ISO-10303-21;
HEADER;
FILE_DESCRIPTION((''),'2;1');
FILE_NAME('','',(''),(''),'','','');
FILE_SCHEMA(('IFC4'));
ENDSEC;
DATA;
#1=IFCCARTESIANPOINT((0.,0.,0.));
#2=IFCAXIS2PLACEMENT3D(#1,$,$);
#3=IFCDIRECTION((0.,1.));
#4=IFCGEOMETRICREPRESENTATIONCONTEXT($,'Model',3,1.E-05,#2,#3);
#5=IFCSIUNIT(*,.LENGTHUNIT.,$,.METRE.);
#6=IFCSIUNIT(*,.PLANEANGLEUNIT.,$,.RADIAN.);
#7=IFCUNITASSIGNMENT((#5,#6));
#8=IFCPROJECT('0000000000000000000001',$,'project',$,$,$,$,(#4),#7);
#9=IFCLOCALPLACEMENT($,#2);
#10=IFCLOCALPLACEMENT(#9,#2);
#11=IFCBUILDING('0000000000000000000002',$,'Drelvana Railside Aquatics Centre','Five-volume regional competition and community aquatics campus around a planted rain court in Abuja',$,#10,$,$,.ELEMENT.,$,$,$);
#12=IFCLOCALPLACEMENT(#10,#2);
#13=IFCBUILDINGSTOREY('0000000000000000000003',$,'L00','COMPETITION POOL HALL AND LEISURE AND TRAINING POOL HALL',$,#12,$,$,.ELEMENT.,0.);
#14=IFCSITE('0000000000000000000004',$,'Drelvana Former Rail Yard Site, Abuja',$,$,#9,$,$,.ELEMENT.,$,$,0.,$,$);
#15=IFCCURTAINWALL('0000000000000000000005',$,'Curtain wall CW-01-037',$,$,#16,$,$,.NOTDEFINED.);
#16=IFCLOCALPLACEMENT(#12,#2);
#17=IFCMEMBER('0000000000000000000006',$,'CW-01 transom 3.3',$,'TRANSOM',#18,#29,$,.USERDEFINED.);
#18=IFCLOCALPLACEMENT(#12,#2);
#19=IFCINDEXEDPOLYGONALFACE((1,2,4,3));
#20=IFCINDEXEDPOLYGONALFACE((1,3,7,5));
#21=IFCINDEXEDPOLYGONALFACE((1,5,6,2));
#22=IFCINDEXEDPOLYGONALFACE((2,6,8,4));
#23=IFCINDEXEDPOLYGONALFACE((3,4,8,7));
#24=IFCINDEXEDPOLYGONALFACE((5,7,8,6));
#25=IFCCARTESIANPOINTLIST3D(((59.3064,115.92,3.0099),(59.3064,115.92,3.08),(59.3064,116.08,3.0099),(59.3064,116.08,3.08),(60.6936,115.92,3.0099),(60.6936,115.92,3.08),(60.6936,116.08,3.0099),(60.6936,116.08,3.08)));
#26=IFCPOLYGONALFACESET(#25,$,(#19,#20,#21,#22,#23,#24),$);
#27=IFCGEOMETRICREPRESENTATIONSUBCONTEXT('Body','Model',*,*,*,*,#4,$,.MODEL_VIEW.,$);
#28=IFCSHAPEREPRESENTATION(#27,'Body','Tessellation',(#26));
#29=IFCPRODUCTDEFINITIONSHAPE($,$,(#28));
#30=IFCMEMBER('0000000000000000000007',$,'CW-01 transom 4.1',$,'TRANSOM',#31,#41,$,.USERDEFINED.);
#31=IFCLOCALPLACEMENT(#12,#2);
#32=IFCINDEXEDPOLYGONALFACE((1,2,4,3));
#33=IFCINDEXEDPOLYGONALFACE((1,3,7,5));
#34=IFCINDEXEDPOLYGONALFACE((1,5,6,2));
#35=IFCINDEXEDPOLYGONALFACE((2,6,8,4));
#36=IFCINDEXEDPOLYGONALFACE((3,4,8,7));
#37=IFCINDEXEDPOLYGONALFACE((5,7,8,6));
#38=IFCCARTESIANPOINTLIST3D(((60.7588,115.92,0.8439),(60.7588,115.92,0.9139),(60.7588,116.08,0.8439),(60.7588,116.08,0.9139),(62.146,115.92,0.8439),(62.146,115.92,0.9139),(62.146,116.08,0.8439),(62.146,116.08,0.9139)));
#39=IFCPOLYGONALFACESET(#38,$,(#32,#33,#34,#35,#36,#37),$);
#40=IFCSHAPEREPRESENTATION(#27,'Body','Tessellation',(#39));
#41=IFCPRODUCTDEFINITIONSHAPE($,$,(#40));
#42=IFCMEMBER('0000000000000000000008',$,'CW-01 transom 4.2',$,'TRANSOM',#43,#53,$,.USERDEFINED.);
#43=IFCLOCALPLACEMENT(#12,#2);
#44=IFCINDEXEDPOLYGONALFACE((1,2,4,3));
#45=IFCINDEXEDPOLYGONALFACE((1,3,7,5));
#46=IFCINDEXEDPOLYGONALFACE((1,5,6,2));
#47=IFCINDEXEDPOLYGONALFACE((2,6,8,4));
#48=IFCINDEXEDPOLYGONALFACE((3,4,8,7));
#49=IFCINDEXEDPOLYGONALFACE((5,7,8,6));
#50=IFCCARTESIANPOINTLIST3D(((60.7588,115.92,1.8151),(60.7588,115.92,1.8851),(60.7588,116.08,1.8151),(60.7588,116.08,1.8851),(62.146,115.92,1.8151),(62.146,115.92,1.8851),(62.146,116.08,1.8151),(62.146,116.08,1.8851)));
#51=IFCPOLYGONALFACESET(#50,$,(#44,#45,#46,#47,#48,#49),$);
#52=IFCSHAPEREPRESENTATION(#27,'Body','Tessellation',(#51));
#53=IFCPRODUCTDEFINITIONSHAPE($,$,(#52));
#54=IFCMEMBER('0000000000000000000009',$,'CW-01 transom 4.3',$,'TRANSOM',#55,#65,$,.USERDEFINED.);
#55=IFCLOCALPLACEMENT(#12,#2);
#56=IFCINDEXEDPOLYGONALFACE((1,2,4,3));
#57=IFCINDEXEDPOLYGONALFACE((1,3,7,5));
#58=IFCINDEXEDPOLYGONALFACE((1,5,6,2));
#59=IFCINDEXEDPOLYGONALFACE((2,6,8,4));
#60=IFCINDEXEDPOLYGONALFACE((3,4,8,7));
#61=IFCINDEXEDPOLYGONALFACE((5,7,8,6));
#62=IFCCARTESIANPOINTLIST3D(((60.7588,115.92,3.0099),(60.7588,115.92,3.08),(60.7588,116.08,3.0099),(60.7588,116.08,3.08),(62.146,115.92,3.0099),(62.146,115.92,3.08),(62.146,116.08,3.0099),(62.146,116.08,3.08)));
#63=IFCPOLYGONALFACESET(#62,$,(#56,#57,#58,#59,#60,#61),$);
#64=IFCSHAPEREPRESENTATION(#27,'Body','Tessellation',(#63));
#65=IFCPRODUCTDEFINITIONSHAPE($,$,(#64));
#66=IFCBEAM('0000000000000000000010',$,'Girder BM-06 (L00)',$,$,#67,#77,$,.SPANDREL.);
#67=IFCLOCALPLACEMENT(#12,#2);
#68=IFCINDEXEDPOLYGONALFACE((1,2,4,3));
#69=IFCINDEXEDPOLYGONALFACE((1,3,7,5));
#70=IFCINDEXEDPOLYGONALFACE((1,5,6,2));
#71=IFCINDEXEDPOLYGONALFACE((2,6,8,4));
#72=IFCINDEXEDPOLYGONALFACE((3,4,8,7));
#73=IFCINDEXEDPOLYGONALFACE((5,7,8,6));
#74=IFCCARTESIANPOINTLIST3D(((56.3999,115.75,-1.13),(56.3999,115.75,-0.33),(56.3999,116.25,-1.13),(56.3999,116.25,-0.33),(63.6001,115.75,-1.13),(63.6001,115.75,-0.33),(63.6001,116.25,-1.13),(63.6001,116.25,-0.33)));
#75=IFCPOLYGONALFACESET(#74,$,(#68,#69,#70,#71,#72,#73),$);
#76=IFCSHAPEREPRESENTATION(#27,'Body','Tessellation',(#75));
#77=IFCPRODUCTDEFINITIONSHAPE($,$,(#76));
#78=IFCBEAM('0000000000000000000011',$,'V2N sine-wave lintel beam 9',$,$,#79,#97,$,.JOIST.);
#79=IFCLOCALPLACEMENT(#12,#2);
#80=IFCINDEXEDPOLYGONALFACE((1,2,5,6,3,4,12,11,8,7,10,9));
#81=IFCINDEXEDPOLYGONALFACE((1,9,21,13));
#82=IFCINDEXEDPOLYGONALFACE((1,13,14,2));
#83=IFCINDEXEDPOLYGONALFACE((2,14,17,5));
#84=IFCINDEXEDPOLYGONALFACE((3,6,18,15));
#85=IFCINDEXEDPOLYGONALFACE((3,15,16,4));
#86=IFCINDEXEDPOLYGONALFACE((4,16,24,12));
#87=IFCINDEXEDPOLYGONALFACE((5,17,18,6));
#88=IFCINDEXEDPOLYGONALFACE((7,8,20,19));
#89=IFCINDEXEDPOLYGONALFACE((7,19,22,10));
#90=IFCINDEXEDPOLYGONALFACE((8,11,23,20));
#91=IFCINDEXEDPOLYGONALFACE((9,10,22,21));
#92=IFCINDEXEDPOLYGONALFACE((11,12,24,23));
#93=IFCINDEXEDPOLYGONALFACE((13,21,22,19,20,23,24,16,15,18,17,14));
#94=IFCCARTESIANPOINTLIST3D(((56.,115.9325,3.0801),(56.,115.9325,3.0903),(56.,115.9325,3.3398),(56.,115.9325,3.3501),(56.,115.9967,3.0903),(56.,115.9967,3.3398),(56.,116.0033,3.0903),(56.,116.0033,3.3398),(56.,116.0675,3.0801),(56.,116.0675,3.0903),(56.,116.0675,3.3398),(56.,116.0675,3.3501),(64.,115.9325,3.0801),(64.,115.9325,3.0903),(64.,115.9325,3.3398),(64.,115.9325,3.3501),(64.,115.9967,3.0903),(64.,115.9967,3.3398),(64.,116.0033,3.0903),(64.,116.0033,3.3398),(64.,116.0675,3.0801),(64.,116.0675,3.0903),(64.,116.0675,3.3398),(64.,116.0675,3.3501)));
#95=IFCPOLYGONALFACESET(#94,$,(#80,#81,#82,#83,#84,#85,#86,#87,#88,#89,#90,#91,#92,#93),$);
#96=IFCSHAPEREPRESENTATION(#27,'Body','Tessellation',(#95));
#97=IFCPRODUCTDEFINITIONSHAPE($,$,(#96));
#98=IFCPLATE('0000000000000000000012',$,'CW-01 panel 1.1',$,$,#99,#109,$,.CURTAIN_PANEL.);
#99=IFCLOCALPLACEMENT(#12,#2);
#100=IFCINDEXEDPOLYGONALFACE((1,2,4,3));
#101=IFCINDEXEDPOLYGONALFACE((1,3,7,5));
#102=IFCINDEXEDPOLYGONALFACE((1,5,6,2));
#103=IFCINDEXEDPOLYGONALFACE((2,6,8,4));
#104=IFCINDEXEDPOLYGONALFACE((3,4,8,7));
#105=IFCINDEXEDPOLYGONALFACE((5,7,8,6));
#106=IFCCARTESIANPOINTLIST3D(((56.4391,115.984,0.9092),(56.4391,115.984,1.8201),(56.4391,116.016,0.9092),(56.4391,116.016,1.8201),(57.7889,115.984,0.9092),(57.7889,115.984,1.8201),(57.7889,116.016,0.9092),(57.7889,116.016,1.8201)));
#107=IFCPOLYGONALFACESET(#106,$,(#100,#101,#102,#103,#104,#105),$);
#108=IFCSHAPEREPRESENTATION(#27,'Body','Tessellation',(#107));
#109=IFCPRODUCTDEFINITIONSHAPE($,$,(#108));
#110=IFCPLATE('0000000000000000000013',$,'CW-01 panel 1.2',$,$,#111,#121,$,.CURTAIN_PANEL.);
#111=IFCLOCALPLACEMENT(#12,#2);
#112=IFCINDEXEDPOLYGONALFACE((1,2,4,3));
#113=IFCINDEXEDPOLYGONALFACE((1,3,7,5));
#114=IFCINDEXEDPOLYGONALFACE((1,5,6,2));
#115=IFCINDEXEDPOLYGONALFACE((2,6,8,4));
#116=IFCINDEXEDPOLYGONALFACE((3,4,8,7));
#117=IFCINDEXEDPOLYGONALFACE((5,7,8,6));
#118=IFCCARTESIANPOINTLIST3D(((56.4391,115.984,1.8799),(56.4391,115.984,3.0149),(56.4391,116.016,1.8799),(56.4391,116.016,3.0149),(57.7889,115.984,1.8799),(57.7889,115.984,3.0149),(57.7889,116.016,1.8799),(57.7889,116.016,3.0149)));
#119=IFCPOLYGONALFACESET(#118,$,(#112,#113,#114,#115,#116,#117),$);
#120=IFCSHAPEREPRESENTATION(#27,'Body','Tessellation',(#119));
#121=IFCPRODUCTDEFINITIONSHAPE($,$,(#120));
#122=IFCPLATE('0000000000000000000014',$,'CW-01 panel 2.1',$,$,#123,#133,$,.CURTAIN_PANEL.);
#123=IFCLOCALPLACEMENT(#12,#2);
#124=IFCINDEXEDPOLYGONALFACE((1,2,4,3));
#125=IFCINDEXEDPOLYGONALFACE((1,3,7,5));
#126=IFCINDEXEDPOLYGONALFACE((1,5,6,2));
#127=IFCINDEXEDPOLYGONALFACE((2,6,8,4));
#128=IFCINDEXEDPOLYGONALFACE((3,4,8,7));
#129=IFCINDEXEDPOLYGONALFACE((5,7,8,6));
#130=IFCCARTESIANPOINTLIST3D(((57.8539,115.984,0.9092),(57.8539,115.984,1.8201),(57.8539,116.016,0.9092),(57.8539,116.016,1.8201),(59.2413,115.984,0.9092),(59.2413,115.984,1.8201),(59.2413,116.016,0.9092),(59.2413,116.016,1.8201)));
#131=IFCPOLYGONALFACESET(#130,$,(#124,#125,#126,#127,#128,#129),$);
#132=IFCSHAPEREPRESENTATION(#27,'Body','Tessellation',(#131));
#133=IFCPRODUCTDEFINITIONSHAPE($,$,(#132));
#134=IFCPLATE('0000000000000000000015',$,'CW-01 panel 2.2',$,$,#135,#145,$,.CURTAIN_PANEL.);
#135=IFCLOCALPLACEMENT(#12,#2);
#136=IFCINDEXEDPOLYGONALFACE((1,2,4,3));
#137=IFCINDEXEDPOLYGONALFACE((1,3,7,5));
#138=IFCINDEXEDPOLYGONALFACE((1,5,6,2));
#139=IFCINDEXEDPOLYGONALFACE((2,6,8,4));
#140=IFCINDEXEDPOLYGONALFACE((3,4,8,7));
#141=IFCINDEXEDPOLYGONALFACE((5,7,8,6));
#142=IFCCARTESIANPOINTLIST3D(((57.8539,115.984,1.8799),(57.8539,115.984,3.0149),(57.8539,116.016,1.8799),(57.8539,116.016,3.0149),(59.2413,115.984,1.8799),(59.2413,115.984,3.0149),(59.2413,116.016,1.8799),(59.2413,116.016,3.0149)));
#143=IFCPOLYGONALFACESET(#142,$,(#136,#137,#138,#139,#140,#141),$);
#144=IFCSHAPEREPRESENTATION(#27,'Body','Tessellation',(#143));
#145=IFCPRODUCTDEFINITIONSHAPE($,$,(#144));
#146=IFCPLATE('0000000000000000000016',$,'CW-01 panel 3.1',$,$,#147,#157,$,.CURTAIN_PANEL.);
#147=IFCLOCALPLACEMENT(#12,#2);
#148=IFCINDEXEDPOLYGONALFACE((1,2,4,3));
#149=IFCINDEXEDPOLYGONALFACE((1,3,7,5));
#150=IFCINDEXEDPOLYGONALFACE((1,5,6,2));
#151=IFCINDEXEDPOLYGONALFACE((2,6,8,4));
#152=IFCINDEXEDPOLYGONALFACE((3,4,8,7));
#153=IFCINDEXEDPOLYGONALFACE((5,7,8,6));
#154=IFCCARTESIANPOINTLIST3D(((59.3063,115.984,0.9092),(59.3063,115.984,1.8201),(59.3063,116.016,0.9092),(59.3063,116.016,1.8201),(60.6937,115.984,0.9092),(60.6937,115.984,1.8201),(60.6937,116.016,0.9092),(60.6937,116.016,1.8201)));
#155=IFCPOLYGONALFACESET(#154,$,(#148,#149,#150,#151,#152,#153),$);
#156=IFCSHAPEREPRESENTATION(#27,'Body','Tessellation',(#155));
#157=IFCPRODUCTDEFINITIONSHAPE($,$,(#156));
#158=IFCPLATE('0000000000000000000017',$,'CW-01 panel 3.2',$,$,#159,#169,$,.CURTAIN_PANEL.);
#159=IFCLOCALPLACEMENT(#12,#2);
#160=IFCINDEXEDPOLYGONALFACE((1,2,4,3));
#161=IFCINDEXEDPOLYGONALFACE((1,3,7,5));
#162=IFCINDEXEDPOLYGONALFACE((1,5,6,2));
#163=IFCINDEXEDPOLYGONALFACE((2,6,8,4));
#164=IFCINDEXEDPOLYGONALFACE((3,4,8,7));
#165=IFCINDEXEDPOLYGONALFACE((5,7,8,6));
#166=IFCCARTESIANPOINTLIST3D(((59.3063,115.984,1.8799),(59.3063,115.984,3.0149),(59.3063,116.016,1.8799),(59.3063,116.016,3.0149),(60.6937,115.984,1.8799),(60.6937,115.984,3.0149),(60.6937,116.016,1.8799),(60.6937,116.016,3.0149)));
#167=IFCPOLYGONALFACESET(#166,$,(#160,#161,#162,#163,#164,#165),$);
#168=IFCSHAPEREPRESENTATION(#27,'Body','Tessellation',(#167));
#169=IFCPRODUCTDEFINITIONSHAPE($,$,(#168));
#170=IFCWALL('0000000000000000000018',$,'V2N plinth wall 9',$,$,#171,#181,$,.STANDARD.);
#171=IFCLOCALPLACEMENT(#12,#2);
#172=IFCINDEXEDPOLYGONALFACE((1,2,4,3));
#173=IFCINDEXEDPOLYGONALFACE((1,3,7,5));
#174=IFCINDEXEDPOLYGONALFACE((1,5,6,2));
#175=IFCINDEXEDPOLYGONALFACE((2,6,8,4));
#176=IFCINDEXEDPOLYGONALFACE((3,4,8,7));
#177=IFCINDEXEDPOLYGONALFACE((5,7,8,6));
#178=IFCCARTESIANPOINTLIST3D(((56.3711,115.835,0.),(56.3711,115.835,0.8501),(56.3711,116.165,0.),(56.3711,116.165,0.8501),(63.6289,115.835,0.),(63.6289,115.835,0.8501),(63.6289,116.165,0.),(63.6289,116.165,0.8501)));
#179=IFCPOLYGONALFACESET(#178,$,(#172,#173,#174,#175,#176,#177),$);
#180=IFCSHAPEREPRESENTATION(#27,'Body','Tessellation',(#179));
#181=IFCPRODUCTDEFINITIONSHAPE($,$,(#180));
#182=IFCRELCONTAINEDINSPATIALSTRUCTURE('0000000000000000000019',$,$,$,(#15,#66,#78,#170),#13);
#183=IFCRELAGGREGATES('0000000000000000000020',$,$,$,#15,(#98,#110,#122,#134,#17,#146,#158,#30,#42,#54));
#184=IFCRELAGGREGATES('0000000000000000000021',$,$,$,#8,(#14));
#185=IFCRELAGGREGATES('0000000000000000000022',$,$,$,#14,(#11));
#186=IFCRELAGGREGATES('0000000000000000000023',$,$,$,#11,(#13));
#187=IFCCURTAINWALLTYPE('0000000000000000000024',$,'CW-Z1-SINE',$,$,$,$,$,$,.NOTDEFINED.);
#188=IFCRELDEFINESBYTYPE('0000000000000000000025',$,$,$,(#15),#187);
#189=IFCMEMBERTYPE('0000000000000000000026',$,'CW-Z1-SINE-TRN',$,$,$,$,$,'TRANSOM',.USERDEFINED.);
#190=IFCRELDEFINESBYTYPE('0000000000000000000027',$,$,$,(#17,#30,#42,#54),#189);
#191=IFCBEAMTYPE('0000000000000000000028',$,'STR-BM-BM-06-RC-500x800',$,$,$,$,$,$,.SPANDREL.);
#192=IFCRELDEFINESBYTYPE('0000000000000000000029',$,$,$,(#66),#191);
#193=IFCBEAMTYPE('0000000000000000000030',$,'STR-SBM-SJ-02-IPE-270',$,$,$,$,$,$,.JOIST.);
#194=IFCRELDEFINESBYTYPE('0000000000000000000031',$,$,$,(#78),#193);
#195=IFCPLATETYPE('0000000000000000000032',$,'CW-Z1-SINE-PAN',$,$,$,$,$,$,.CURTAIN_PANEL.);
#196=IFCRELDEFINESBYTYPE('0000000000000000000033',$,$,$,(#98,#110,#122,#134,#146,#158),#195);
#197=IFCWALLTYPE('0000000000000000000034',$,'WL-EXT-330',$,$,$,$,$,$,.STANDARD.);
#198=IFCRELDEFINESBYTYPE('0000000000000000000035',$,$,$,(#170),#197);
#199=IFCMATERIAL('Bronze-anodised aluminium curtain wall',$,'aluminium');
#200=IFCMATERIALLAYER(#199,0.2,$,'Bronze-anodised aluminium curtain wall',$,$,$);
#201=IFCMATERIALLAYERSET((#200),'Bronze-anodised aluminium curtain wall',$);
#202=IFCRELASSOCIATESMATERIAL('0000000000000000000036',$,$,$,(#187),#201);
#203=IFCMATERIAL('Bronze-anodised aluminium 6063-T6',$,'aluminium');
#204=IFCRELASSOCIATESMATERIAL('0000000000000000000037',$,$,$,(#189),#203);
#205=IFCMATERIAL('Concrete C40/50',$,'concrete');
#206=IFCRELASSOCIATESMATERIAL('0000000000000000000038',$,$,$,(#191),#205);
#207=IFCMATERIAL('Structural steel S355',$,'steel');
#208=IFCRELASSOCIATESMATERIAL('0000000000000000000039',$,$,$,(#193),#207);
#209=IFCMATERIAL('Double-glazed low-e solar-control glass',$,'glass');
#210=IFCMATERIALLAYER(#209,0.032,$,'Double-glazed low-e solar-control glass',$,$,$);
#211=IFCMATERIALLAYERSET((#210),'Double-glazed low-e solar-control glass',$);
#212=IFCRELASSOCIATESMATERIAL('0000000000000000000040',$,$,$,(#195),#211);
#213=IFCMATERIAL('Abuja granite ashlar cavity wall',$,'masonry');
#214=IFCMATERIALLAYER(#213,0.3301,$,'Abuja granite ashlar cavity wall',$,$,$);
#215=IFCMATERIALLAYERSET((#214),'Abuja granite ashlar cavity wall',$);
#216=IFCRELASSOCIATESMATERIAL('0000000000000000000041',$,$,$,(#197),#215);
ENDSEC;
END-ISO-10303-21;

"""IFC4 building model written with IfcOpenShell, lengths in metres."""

from ifc_helpers import new_model, si_unit, direction, frame, frame_2d, origin, origin_2d, place, context, subcontext, project, spatial, rectangle, i_section, extrude, material, layer, layer_set, material_profile, profile_set, type_object, element, aggregate, save


model = new_model("IFC4")

# Units and contexts
model_context = context("Model", 3, precision=1e-05, world=origin(), true_north=direction((0.0, 1.0)))
body_context = subcontext(model_context, "Body", "Model", "MODEL_VIEW")
ifc_project = project(units=[si_unit("LENGTHUNIT", "METRE"), si_unit("PLANEANGLEUNIT", "RADIAN")], contexts=[model_context])

# Site, building, storey
site_placement = place(None, origin())
site = spatial("IfcSite", under=ifc_project, at=site_placement, Name="Drelvana Former Rail Yard Site, Abuja", CompositionType="ELEMENT", RefElevation=0.0)
building_placement = place(site_placement, origin())
building = spatial("IfcBuilding", under=site, at=building_placement, Name="Drelvana Railside Aquatics Centre", Description="Five-volume regional competition and community aquatics campus around a planted rain court in Abuja", CompositionType="ELEMENT")
storey_placement = place(building_placement, origin())
storey = spatial("IfcBuildingStorey", under=building, at=storey_placement, Name="L00", Description="COMPETITION POOL HALL AND LEISURE AND TRAINING POOL HALL", CompositionType="ELEMENT", Elevation=0.0)

# Shared definitions
ifc_material_1 = material(Name="Concrete C40/50", Category="concrete")

# Shared definitions
ifc_material_2 = material(Name="Bronze-anodised aluminium curtain wall", Category="aluminium")
ifc_layer_1 = layer(ifc_material_2, 0.2, Name="Bronze-anodised aluminium curtain wall")
ifc_layer_set_1 = layer_set([ifc_layer_1], Name="Bronze-anodised aluminium curtain wall")
curtain_wall_type = type_object("IfcCurtainWallType", Name="CW-Z1-SINE", PredefinedType="NOTDEFINED", material=ifc_layer_set_1)
ifc_material_3 = material(Name="Bronze-anodised aluminium 6063-T6", Category="aluminium")

# Curtain wall, members
curtain_wall_1_placement = place(storey_placement, origin())
curtain_wall_1 = element("IfcCurtainWall", 1, at=curtain_wall_1_placement, inside=storey, type_object=curtain_wall_type, Name="Curtain wall CW-01-037", PredefinedType="NOTDEFINED")
ifc_material_profile_1 = material_profile(ifc_material_3, rectangle(XDim=0.1599, YDim=0.0701, at=origin_2d()), Name="ALU-T 70x160")
ifc_profile_set_1 = profile_set([ifc_material_profile_1], Name="Bronze-anodised aluminium 6063-T6")
member_type_1 = type_object("IfcMemberType", Name="CW-Z1-SINE-TRN", ElementType="TRANSOM", PredefinedType="USERDEFINED", material=ifc_profile_set_1)
member_1_placement = place(storey_placement, frame((59.3064, 116.0, 3.0449), z_axis=(1.0, 0.0, 0.0), x_axis=(0.0, 1.0, 0.0)))
member_1 = element("IfcMember", 2, at=member_1_placement, type_object=member_type_1, Name="CW-01 transom 3.3", ObjectType="TRANSOM", PredefinedType="USERDEFINED", context=body_context, shape_type="SweptSolid", body=[
    extrude(rectangle(XDim=0.1599, YDim=0.0701, at=origin_2d()), origin(), (0.0, 0.0, 1.0), 1.3872),
])
member_2_placement = place(storey_placement, frame((60.7588, 116.0, 0.8789), z_axis=(1.0, 0.0, 0.0), x_axis=(0.0, 1.0, 0.0)))
member_2 = element("IfcMember", 3, at=member_2_placement, type_object=member_type_1, Name="CW-01 transom 4.1", ObjectType="TRANSOM", PredefinedType="USERDEFINED", context=body_context, shape_type="SweptSolid", body=[
    extrude(rectangle(XDim=0.1599, YDim=0.0701, at=origin_2d()), origin(), (0.0, 0.0, 1.0), 1.3872),
])
member_3_placement = place(storey_placement, frame((60.7588, 116.0, 1.8501), z_axis=(1.0, 0.0, 0.0), x_axis=(0.0, 1.0, 0.0)))
member_3 = element("IfcMember", 4, at=member_3_placement, type_object=member_type_1, Name="CW-01 transom 4.2", ObjectType="TRANSOM", PredefinedType="USERDEFINED", context=body_context, shape_type="SweptSolid", body=[
    extrude(rectangle(XDim=0.1599, YDim=0.0701, at=origin_2d()), origin(), (0.0, 0.0, 1.0), 1.3872),
])
member_4_placement = place(storey_placement, frame((60.7588, 116.0, 3.0449), z_axis=(1.0, 0.0, 0.0), x_axis=(0.0, 1.0, 0.0)))
member_4 = element("IfcMember", 5, at=member_4_placement, type_object=member_type_1, Name="CW-01 transom 4.3", ObjectType="TRANSOM", PredefinedType="USERDEFINED", context=body_context, shape_type="SweptSolid", body=[
    extrude(rectangle(XDim=0.1599, YDim=0.0701, at=origin_2d()), origin(), (0.0, 0.0, 1.0), 1.3872),
])

# Beams
ifc_material_profile_2 = material_profile(ifc_material_1, rectangle(XDim=0.5, YDim=0.8, at=origin_2d()), Name="RC 500x800")
ifc_profile_set_2 = profile_set([ifc_material_profile_2], Name="Concrete C40/50")
beam_type_1 = type_object("IfcBeamType", Name="STR-BM-BM-06-RC-500x800", PredefinedType="SPANDREL", material=ifc_profile_set_2)
beam_1_placement = place(storey_placement, frame((56.3999, 116.0, -0.73), z_axis=(1.0, 0.0, 0.0), x_axis=(0.0, 1.0, 0.0)))
element("IfcBeam", 6, at=beam_1_placement, inside=storey, type_object=beam_type_1, Name="Girder BM-06 (L00)", PredefinedType="SPANDREL", context=body_context, shape_type="SweptSolid", body=[
    extrude(rectangle(XDim=0.5, YDim=0.8, at=origin_2d()), origin(), (0.0, 0.0, 1.0), 7.2002),
])
ifc_material_4 = material(Name="Structural steel S355", Category="steel")
ifc_material_profile_3 = material_profile(ifc_material_4, i_section(OverallWidth=0.135, OverallDepth=0.27, WebThickness=0.0066, FlangeThickness=0.0103, at=origin_2d()), Name="IPE 270")
ifc_profile_set_3 = profile_set([ifc_material_profile_3], Name="Structural steel S355")
beam_type_2 = type_object("IfcBeamType", Name="STR-SBM-SJ-02-IPE-270", PredefinedType="JOIST", material=ifc_profile_set_3)
beam_2_placement = place(storey_placement, frame((56.0, 116.0, 3.2151), z_axis=(1.0, 0.0, 0.0), x_axis=(0.0, 1.0, 0.0)))
element("IfcBeam", 7, at=beam_2_placement, inside=storey, type_object=beam_type_2, Name="V2N sine-wave lintel beam 9", PredefinedType="JOIST", context=body_context, shape_type="SweptSolid", body=[
    extrude(i_section(OverallWidth=0.135, OverallDepth=0.27, WebThickness=0.0066, FlangeThickness=0.0103, at=origin_2d()), origin(), (0.0, 0.0, 1.0), 8.0),
])

# Plates
ifc_material_5 = material(Name="Double-glazed low-e solar-control glass", Category="glass")
ifc_layer_2 = layer(ifc_material_5, 0.032, Name="Double-glazed low-e solar-control glass")
ifc_layer_set_2 = layer_set([ifc_layer_2], Name="Double-glazed low-e solar-control glass")
plate_type = type_object("IfcPlateType", Name="CW-Z1-SINE-PAN", PredefinedType="CURTAIN_PANEL", material=ifc_layer_set_2)
plate_1_placement = place(storey_placement, frame((57.114, 116.0, 0.9092), z_axis=(0.0, 0.0, 1.0), x_axis=(1.0, 0.0, 0.0)))
plate_1 = element("IfcPlate", 8, at=plate_1_placement, type_object=plate_type, Name="CW-01 panel 1.1", PredefinedType="CURTAIN_PANEL", context=body_context, shape_type="SweptSolid", body=[
    extrude(rectangle(XDim=1.3499, YDim=0.032, at=origin_2d()), origin(), (0.0, 0.0, 1.0), 0.9109),
])
plate_2_placement = place(storey_placement, frame((57.114, 116.0, 1.8799), z_axis=(0.0, 0.0, 1.0), x_axis=(1.0, 0.0, 0.0)))
plate_2 = element("IfcPlate", 9, at=plate_2_placement, type_object=plate_type, Name="CW-01 panel 1.2", PredefinedType="CURTAIN_PANEL", context=body_context, shape_type="SweptSolid", body=[
    extrude(rectangle(XDim=1.3499, YDim=0.032, at=origin_2d()), origin(), (0.0, 0.0, 1.0), 1.135),
])
plate_3_placement = place(storey_placement, frame((58.5476, 116.0, 0.9092), z_axis=(0.0, 0.0, 1.0), x_axis=(1.0, 0.0, 0.0)))
plate_3 = element("IfcPlate", 10, at=plate_3_placement, type_object=plate_type, Name="CW-01 panel 2.1", PredefinedType="CURTAIN_PANEL", context=body_context, shape_type="SweptSolid", body=[
    extrude(rectangle(XDim=1.3875, YDim=0.032, at=origin_2d()), origin(), (0.0, 0.0, 1.0), 0.9109),
])
plate_4_placement = place(storey_placement, frame((58.5476, 116.0, 1.8799), z_axis=(0.0, 0.0, 1.0), x_axis=(1.0, 0.0, 0.0)))
plate_4 = element("IfcPlate", 11, at=plate_4_placement, type_object=plate_type, Name="CW-01 panel 2.2", PredefinedType="CURTAIN_PANEL", context=body_context, shape_type="SweptSolid", body=[
    extrude(rectangle(XDim=1.3875, YDim=0.032, at=origin_2d()), origin(), (0.0, 0.0, 1.0), 1.135),
])
plate_5_placement = place(storey_placement, frame((60.0, 116.0, 0.9092), z_axis=(0.0, 0.0, 1.0), x_axis=(1.0, 0.0, 0.0)))
plate_5 = element("IfcPlate", 12, at=plate_5_placement, type_object=plate_type, Name="CW-01 panel 3.1", PredefinedType="CURTAIN_PANEL", context=body_context, shape_type="SweptSolid", body=[
    extrude(rectangle(XDim=1.3875, YDim=0.032, at=origin_2d()), origin(), (0.0, 0.0, 1.0), 0.9109),
])
plate_6_placement = place(storey_placement, frame((60.0, 116.0, 1.8799), z_axis=(0.0, 0.0, 1.0), x_axis=(1.0, 0.0, 0.0)))
plate_6 = element("IfcPlate", 13, at=plate_6_placement, type_object=plate_type, Name="CW-01 panel 3.2", PredefinedType="CURTAIN_PANEL", context=body_context, shape_type="SweptSolid", body=[
    extrude(rectangle(XDim=1.3875, YDim=0.032, at=origin_2d()), origin(), (0.0, 0.0, 1.0), 1.135),
])
aggregate(curtain_wall_1, [plate_1, plate_2, plate_3, plate_4, member_1, plate_5, plate_6, member_2, member_3, member_4])

# Wall
ifc_material_6 = material(Name="Abuja granite ashlar cavity wall", Category="masonry")
ifc_layer_3 = layer(ifc_material_6, 0.3301, Name="Abuja granite ashlar cavity wall")
ifc_layer_set_3 = layer_set([ifc_layer_3], Name="Abuja granite ashlar cavity wall")
wall_type = type_object("IfcWallType", Name="WL-EXT-330", PredefinedType="STANDARD", material=ifc_layer_set_3)
wall_1_placement = place(storey_placement, frame((56.3711, 116.0, 0.0), z_axis=(0.0, 0.0, 1.0), x_axis=(1.0, 0.0, 0.0)))
element("IfcWall", 14, at=wall_1_placement, inside=storey, type_object=wall_type, Name="V2N plinth wall 9", PredefinedType="STANDARD", context=body_context, shape_type="SweptSolid", body=[
    extrude(rectangle(XDim=7.2578, YDim=0.3301, at=frame_2d((3.6289, 0.0))), origin(), (0.0, 0.0, 1.0), 0.8501),
])

save(model, "model.ifc")
